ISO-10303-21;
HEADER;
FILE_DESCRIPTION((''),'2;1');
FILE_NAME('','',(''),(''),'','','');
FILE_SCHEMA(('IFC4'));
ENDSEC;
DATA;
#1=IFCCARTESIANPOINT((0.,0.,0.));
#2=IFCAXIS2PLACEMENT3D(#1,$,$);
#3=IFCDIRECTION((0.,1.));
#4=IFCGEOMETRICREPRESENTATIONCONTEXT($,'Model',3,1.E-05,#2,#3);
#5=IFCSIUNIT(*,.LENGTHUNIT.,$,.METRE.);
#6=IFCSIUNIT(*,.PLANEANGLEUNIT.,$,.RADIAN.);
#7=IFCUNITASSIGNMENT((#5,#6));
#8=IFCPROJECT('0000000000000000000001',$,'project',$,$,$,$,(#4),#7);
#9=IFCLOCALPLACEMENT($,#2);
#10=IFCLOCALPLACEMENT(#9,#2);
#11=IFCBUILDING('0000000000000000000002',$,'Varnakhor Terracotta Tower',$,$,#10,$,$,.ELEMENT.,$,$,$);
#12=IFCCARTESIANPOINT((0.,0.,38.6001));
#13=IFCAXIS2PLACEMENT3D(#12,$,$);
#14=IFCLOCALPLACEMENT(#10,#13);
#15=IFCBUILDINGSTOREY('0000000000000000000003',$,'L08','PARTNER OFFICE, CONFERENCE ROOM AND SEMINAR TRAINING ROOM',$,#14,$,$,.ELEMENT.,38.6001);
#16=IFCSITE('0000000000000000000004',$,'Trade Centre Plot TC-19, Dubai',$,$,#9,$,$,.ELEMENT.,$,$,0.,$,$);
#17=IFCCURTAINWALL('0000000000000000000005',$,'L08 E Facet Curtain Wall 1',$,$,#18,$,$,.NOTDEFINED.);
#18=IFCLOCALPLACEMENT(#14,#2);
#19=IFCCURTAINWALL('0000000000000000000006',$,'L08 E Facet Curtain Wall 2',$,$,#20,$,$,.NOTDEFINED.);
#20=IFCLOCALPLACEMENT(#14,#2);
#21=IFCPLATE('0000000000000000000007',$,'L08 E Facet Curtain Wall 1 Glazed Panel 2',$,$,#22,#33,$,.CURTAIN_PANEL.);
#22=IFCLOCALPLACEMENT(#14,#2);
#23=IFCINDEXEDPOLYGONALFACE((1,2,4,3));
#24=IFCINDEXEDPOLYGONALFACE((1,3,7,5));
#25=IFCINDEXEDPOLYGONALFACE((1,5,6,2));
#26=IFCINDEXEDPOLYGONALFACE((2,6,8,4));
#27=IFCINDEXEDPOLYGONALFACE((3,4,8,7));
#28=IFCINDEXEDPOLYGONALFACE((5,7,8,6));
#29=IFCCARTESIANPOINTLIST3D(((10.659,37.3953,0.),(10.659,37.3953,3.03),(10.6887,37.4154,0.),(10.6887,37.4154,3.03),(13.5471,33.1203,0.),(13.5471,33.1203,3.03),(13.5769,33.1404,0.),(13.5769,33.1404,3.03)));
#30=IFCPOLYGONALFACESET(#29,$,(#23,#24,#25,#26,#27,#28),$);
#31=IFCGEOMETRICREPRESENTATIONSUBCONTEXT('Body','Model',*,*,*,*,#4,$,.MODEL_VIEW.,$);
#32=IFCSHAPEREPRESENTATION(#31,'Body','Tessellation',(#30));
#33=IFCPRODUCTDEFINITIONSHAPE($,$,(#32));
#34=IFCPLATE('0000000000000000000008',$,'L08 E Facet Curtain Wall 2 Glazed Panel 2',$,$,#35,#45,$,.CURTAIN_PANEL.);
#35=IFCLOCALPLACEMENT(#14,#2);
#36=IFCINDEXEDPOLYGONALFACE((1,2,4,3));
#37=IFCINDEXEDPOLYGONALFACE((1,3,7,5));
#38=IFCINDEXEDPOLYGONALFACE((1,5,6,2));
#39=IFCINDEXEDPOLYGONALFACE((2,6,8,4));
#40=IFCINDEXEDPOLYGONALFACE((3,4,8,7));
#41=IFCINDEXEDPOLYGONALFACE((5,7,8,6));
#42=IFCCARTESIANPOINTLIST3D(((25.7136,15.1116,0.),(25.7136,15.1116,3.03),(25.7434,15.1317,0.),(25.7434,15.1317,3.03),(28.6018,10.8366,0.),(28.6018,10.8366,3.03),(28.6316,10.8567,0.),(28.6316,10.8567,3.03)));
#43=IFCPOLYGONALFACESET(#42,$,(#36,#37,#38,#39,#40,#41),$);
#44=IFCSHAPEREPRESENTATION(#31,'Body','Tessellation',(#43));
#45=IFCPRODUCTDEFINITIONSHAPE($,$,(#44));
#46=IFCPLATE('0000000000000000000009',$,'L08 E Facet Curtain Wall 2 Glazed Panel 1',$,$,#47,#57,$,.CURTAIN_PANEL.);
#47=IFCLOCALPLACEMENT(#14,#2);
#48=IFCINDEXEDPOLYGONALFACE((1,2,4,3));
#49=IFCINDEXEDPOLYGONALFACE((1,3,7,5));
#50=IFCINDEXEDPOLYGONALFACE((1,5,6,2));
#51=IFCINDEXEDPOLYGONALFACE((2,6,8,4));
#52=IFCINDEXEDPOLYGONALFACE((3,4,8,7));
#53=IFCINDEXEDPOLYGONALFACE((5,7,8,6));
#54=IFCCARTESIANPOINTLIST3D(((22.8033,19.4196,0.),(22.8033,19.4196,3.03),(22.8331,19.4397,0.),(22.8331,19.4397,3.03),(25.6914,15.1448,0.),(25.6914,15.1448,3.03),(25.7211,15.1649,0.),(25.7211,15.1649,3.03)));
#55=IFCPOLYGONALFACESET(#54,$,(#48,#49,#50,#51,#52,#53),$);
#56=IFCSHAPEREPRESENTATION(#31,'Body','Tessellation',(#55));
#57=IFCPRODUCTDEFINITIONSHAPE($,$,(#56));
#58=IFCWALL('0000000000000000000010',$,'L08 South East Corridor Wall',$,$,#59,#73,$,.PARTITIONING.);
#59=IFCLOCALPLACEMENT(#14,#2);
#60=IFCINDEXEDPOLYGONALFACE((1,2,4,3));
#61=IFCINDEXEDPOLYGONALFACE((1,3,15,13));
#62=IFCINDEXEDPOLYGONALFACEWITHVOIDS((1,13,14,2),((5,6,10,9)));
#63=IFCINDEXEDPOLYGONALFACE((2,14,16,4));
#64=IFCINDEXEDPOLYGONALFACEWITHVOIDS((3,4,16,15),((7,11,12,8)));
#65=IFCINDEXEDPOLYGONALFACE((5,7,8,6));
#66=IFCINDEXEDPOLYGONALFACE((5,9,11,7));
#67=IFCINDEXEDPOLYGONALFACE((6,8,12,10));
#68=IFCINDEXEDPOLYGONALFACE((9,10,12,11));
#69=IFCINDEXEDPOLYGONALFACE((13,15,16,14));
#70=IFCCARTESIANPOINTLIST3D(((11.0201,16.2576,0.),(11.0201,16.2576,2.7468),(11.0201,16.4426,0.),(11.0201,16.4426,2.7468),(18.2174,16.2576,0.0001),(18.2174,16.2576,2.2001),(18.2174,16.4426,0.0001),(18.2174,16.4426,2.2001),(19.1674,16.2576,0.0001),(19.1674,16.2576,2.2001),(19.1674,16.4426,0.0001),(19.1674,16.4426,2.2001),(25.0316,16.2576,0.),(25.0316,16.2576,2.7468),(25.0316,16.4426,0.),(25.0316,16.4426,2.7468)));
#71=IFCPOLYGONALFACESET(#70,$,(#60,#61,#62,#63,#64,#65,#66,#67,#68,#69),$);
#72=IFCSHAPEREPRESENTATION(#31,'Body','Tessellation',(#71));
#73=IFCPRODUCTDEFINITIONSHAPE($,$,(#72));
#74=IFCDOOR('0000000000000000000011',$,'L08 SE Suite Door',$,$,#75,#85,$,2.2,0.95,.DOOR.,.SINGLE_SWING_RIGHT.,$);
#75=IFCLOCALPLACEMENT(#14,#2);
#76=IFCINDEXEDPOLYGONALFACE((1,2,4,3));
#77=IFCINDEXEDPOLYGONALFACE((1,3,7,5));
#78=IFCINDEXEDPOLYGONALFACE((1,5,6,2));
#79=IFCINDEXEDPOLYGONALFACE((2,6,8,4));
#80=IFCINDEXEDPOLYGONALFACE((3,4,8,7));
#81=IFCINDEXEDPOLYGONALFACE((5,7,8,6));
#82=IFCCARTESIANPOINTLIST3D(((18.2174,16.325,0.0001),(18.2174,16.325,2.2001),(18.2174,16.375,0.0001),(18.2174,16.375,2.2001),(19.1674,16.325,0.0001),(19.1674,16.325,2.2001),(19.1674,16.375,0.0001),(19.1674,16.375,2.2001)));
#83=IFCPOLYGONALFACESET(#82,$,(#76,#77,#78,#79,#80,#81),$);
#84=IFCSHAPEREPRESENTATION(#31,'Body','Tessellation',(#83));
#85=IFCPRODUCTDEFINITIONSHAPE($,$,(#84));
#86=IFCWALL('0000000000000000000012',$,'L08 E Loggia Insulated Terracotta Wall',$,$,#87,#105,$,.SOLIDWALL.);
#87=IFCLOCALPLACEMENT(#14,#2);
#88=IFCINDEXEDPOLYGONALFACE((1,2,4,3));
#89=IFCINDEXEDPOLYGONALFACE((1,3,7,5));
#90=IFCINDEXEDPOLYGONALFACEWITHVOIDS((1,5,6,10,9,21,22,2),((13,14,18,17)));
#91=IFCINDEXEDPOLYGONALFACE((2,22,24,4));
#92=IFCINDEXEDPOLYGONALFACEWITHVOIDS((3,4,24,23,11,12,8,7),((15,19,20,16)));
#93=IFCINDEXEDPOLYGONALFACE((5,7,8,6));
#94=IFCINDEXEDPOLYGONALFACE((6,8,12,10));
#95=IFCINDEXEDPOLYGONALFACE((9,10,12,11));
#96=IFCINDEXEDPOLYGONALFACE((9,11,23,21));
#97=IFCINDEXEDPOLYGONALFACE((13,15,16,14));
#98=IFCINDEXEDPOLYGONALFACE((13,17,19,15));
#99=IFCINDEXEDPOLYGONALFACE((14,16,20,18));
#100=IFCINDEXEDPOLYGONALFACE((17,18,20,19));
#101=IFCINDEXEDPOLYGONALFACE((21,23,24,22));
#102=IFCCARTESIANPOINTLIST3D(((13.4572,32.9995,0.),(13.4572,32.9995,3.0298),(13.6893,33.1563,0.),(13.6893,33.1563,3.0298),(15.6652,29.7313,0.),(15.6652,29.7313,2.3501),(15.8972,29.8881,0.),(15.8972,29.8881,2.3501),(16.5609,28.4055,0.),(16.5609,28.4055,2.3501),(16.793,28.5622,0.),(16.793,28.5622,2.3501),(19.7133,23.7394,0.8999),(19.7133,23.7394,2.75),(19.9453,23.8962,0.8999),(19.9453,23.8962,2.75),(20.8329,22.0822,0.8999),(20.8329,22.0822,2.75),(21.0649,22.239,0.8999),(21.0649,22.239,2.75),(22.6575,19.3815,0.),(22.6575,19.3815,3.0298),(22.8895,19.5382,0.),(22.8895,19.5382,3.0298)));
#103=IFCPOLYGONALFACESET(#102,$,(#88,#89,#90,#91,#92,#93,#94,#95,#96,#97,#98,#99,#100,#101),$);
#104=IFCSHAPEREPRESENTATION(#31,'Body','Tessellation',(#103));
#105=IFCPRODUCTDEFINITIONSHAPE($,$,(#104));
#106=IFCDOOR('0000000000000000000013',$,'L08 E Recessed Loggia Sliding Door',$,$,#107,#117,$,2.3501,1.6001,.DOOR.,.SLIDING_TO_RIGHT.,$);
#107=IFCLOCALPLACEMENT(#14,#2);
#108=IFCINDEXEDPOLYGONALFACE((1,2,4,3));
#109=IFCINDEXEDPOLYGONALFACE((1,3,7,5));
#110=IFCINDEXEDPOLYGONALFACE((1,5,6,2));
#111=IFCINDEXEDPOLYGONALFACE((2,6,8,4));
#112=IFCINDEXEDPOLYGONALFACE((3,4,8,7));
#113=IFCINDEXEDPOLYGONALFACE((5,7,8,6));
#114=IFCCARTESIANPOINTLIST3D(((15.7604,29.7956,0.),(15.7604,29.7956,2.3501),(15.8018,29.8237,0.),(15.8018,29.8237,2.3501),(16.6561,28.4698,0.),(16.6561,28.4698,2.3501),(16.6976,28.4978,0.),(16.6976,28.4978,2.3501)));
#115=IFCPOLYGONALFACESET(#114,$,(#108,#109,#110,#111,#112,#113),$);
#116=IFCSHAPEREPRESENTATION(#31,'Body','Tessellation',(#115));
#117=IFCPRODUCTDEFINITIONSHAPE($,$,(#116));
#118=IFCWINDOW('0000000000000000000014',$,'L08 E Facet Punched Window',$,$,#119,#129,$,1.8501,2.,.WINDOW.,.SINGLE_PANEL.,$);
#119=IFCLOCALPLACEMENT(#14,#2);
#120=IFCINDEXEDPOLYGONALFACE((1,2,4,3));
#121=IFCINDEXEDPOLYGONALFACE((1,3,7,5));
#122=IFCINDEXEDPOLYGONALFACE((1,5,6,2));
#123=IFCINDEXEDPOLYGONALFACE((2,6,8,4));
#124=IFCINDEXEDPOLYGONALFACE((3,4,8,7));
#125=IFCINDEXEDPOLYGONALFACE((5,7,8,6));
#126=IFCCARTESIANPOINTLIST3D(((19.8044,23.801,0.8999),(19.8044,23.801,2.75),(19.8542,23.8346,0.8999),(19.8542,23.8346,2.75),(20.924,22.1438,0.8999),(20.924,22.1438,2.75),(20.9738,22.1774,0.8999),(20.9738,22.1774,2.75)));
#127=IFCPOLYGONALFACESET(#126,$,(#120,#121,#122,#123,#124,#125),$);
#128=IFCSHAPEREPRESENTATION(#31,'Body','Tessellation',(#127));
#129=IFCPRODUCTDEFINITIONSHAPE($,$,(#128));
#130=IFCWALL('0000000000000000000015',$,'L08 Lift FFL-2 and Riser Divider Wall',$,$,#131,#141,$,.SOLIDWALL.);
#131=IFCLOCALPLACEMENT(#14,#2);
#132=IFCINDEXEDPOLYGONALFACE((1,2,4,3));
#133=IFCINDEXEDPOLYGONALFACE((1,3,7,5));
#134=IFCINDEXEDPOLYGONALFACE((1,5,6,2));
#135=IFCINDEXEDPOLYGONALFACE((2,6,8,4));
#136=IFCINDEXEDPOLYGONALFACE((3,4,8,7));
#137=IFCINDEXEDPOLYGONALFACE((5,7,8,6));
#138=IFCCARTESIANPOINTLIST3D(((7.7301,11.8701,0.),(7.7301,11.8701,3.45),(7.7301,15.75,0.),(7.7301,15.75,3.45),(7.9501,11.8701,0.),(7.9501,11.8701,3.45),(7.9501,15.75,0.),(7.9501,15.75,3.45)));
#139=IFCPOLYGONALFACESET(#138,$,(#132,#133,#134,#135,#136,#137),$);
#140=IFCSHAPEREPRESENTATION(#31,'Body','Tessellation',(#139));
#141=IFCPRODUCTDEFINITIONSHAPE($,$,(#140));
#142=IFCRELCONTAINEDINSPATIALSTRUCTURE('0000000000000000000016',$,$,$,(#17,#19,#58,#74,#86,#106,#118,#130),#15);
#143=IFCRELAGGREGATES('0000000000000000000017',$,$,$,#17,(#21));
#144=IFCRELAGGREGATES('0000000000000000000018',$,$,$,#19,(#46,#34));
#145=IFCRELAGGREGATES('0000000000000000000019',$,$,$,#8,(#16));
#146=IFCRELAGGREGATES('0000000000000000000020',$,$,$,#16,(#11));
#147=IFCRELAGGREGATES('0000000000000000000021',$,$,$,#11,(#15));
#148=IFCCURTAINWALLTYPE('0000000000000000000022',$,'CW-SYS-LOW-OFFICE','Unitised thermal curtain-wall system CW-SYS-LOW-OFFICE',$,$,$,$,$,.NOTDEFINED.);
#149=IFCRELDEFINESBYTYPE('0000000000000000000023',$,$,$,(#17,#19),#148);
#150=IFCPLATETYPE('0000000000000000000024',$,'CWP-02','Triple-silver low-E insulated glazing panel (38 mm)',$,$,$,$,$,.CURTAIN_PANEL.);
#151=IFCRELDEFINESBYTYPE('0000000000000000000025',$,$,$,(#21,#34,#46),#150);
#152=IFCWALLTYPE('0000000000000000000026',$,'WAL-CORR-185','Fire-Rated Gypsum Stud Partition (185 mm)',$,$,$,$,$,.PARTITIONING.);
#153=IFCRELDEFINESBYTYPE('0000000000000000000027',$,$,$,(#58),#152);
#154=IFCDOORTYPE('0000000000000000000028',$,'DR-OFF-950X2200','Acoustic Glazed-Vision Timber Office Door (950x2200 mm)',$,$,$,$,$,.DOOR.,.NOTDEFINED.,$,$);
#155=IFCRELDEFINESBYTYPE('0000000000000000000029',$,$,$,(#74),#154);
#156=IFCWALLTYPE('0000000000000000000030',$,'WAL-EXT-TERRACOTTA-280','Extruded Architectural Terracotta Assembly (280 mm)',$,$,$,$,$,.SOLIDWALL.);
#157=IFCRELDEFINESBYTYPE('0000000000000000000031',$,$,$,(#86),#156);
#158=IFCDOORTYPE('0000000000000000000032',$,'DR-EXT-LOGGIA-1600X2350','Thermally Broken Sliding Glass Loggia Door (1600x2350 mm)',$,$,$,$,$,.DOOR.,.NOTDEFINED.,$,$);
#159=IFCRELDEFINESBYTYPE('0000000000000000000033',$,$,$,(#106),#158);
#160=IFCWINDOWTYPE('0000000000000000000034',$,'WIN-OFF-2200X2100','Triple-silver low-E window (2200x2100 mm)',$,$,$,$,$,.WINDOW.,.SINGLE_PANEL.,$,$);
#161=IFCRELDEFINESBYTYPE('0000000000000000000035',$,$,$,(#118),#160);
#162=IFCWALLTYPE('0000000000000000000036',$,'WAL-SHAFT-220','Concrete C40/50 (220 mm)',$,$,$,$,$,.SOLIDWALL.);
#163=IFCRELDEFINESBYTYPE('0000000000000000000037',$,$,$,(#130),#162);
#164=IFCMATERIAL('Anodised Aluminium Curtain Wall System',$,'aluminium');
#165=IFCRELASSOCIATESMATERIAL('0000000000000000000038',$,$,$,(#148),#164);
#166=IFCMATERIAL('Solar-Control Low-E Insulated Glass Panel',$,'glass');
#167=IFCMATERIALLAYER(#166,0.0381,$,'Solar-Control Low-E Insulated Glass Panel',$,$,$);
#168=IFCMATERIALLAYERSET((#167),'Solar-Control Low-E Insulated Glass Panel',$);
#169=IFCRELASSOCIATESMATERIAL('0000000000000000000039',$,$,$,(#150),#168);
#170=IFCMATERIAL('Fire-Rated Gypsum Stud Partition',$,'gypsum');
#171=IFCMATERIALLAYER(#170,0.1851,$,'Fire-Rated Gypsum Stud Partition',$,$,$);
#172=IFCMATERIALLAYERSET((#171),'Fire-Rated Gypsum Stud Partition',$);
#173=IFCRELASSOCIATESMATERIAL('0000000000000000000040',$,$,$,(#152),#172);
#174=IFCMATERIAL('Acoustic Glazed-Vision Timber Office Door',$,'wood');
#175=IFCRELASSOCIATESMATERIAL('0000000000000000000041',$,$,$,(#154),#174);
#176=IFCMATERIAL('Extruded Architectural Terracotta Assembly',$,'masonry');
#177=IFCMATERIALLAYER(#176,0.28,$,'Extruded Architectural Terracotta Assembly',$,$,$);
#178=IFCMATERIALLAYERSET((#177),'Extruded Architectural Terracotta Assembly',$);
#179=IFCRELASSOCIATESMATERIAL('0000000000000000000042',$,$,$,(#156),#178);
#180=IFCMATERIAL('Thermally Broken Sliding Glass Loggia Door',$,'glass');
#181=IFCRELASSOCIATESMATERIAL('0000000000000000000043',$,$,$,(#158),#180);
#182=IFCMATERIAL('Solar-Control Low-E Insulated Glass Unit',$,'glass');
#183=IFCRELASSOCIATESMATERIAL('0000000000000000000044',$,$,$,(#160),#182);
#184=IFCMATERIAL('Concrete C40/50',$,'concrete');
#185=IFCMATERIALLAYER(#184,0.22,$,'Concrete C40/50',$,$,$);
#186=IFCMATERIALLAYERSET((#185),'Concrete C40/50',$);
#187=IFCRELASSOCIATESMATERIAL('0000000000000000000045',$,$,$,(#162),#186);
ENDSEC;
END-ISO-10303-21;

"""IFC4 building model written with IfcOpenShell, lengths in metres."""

from ifc_helpers import new_model, si_unit, direction, frame, frame_2d, origin, origin_2d, place, context, subcontext, project, spatial, rectangle, extrude, source, transform, mapped, material, layer, layer_set, type_object, type_shapes, element, fill, aggregate, save


model = new_model("IFC4")

# Units and contexts
model_context = context("Model", 3, precision=1e-05, world=origin(), true_north=direction((0.0, 1.0)))
body_context = subcontext(model_context, "Body", "Model", "MODEL_VIEW")
ifc_project = project(units=[si_unit("LENGTHUNIT", "METRE"), si_unit("PLANEANGLEUNIT", "RADIAN")], contexts=[model_context])

# Site, building, storey
site_placement = place(None, origin())
site = spatial("IfcSite", under=ifc_project, at=site_placement, Name="Trade Centre Plot TC-19, Dubai", CompositionType="ELEMENT", RefElevation=0.0)
building_placement = place(site_placement, origin())
building = spatial("IfcBuilding", under=site, at=building_placement, Name="Varnakhor Terracotta Tower", CompositionType="ELEMENT")
storey_placement = place(building_placement, frame((0.0, 0.0, 38.6001)))
storey = spatial("IfcBuildingStorey", under=building, at=storey_placement, Name="L08", Description="PARTNER OFFICE, CONFERENCE ROOM AND SEMINAR TRAINING ROOM", CompositionType="ELEMENT", Elevation=38.6001)

# Curtain walls
ifc_material_1 = material(Name="Anodised Aluminium Curtain Wall System", Category="aluminium")
curtain_wall_type = type_object("IfcCurtainWallType", Name="CW-SYS-LOW-OFFICE", Description="Unitised thermal curtain-wall system CW-SYS-LOW-OFFICE", PredefinedType="NOTDEFINED", material=ifc_material_1)
curtain_wall_1_placement = place(storey_placement, origin())
curtain_wall_1 = element("IfcCurtainWall", 1, at=curtain_wall_1_placement, inside=storey, type_object=curtain_wall_type, Name="L08 E Facet Curtain Wall 1", PredefinedType="NOTDEFINED")
curtain_wall_2_placement = place(storey_placement, origin())
curtain_wall_2 = element("IfcCurtainWall", 2, at=curtain_wall_2_placement, inside=storey, type_object=curtain_wall_type, Name="L08 E Facet Curtain Wall 2", PredefinedType="NOTDEFINED")

# Shared definitions
ifc_material_2 = material(Name="Solar-Control Low-E Insulated Glass Panel", Category="glass")
ifc_layer_1 = layer(ifc_material_2, 0.0381, Name="Solar-Control Low-E Insulated Glass Panel")
ifc_layer_set_1 = layer_set([ifc_layer_1], Name="Solar-Control Low-E Insulated Glass Panel")
plate_type = type_object("IfcPlateType", Name="CWP-02", Description="Triple-silver low-E insulated glazing panel (38 mm)", PredefinedType="CURTAIN_PANEL", material=ifc_layer_set_1)

# Plates
shared_shape_1 = source(origin(), body_context, "Body", "SweptSolid", [
    extrude(rectangle(XDim=5.1592, YDim=0.0359, at=origin_2d()), origin(), (0.0, 0.0, 1.0), 3.03),
])
plate_1_placement = place(storey_placement, frame((12.1179, 35.2678, 0.0), z_axis=(0.0, 0.0, 1.0), x_axis=(0.559815, -0.828618, 0.0)))
plate_1 = element("IfcPlate", 3, at=plate_1_placement, type_object=plate_type, Name="L08 E Facet Curtain Wall 1 Glazed Panel 2", PredefinedType="CURTAIN_PANEL", context=body_context, shape_type="MappedRepresentation", body=[
    mapped(shared_shape_1, transform((0.0, 0.0, 0.0), scale=1.0)),
])
aggregate(curtain_wall_1, [plate_1])
plate_2_placement = place(storey_placement, frame((27.1726, 12.9841, 0.0), z_axis=(0.0, 0.0, 1.0), x_axis=(0.559815, -0.828618, 0.0)))
plate_2 = element("IfcPlate", 4, at=plate_2_placement, type_object=plate_type, Name="L08 E Facet Curtain Wall 2 Glazed Panel 2", PredefinedType="CURTAIN_PANEL", context=body_context, shape_type="MappedRepresentation", body=[
    mapped(shared_shape_1, transform((0.0, 0.0, 0.0), scale=1.0)),
])
shared_shape_2 = source(origin(), body_context, "Body", "SweptSolid", [
    extrude(rectangle(XDim=5.1589, YDim=0.0359, at=origin_2d()), origin(), (0.0, 0.0, 1.0), 3.03),
])
plate_3_placement = place(storey_placement, frame((24.2622, 17.2922, 0.0), z_axis=(0.0, 0.0, 1.0), x_axis=(0.559815, -0.828618, 0.0)))
plate_3 = element("IfcPlate", 5, at=plate_3_placement, type_object=plate_type, Name="L08 E Facet Curtain Wall 2 Glazed Panel 1", PredefinedType="CURTAIN_PANEL", context=body_context, shape_type="MappedRepresentation", body=[
    mapped(shared_shape_2, transform((0.0, 0.0, 0.0), scale=1.0)),
])
aggregate(curtain_wall_2, [plate_3, plate_2])

# Wall, opening, door
ifc_material_3 = material(Name="Fire-Rated Gypsum Stud Partition", Category="gypsum")
ifc_layer_2 = layer(ifc_material_3, 0.1851, Name="Fire-Rated Gypsum Stud Partition")
ifc_layer_set_2 = layer_set([ifc_layer_2], Name="Fire-Rated Gypsum Stud Partition")
wall_type_1 = type_object("IfcWallType", Name="WAL-CORR-185", Description="Fire-Rated Gypsum Stud Partition (185 mm)", PredefinedType="PARTITIONING", material=ifc_layer_set_2)
wall_1_placement = place(storey_placement, frame((11.02, 16.3501, 0.0), z_axis=(0.0, 0.0, 1.0), x_axis=(1.0, 0.0, 0.0)))
wall_1 = element("IfcWall", 6, at=wall_1_placement, inside=storey, type_object=wall_type_1, Name="L08 South East Corridor Wall", PredefinedType="PARTITIONING", context=body_context, shape_type="SweptSolid", body=[
    extrude(rectangle(XDim=14.0115, YDim=0.1851, at=frame_2d((7.0059, 0.0))), origin(), (0.0, 0.0, 1.0), 2.7468),
])
opening_1_placement = place(wall_1_placement, frame((7.1973, 0.0, 0.0)))
opening_1 = element("IfcOpeningElement", 7, at=opening_1_placement, cuts=wall_1, PredefinedType="OPENING", context=body_context, shape_type="SweptSolid", body=[
    extrude(rectangle(XDim=0.95, YDim=2.2, at=frame_2d((0.4751, 1.1001))), frame((0.0, 0.1025, 0.0), z_axis=(0.0, -1.0, 0.0), x_axis=(1.0, 0.0, 0.0)), (0.0, 0.0, 1.0), 0.2051),
])
ifc_material_4 = material(Name="Acoustic Glazed-Vision Timber Office Door", Category="wood")
door_type_1 = type_object("IfcDoorType", Name="DR-OFF-950X2200", Description="Acoustic Glazed-Vision Timber Office Door (950x2200 mm)", OperationType="NOTDEFINED", PredefinedType="DOOR", material=ifc_material_4)
shared_shape_3 = source(origin(), body_context, "Body", "SweptSolid", [
    extrude(rectangle(XDim=0.95, YDim=2.2, at=frame_2d((0.4751, 1.1001))), frame((0.0, 0.0249, 0.0), z_axis=(0.0, -1.0, 0.0), x_axis=(1.0, 0.0, 0.0)), (0.0, 0.0, 1.0), 0.05),
])
type_shapes(door_type_1, [shared_shape_3])
door_1_placement = place(opening_1_placement, origin())
door_1 = element("IfcDoor", 8, at=door_1_placement, inside=storey, type_object=door_type_1, Name="L08 SE Suite Door", OperationType="SINGLE_SWING_RIGHT", OverallHeight=2.2, OverallWidth=0.95, PredefinedType="DOOR", context=body_context, shape_type="MappedRepresentation", body=[
    mapped(shared_shape_3, transform((0.0, 0.0, 0.0), scale=1.0)),
])
fill(opening_1, door_1)

# Wall, openings, door, window
ifc_material_5 = material(Name="Extruded Architectural Terracotta Assembly", Category="masonry")
ifc_layer_3 = layer(ifc_material_5, 0.28, Name="Extruded Architectural Terracotta Assembly")
ifc_layer_set_3 = layer_set([ifc_layer_3], Name="Extruded Architectural Terracotta Assembly")
wall_type_2 = type_object("IfcWallType", Name="WAL-EXT-TERRACOTTA-280", Description="Extruded Architectural Terracotta Assembly (280 mm)", PredefinedType="SOLIDWALL", material=ifc_layer_set_3)
wall_2_placement = place(storey_placement, frame((13.5732, 33.0779, 0.0), z_axis=(0.0, 0.0, 1.0), x_axis=(0.559811, -0.82862, 0.0)))
wall_2 = element("IfcWall", 9, at=wall_2_placement, inside=storey, type_object=wall_type_2, Name="L08 E Loggia Insulated Terracotta Wall", PredefinedType="SOLIDWALL", context=body_context, shape_type="SweptSolid", body=[
    extrude(rectangle(XDim=16.4346, YDim=0.28, at=frame_2d((8.2173, 0.0))), origin(), (0.0, 0.0, 1.0), 3.0298),
])
opening_2_placement = place(wall_2_placement, frame((3.9441, 0.0, 0.0)))
opening_2 = element("IfcOpeningElement", 10, at=opening_2_placement, cuts=wall_2, PredefinedType="OPENING", context=body_context, shape_type="SweptSolid", body=[
    extrude(rectangle(XDim=1.6001, YDim=2.3501, at=frame_2d((0.8, 1.175))), frame((0.0, 0.1499, 0.0), z_axis=(0.0, -1.0, 0.0), x_axis=(1.0, 0.0, 0.0)), (0.0, 0.0, 1.0), 0.3),
])
opening_3_placement = place(wall_2_placement, frame((11.1753, 0.0, 0.8999)))
opening_3 = element("IfcOpeningElement", 11, at=opening_3_placement, cuts=wall_2, PredefinedType="OPENING", context=body_context, shape_type="SweptSolid", body=[
    extrude(rectangle(XDim=2.0, YDim=1.8501, at=frame_2d((1.0, 0.925))), frame((0.0, 0.1499, 0.0), z_axis=(0.0, -1.0, 0.0), x_axis=(1.0, 0.0, 0.0)), (0.0, 0.0, 1.0), 0.3),
])
ifc_material_6 = material(Name="Thermally Broken Sliding Glass Loggia Door", Category="glass")
door_type_2 = type_object("IfcDoorType", Name="DR-EXT-LOGGIA-1600X2350", Description="Thermally Broken Sliding Glass Loggia Door (1600x2350 mm)", OperationType="NOTDEFINED", PredefinedType="DOOR", material=ifc_material_6)
shared_shape_4 = source(origin(), body_context, "Body", "SweptSolid", [
    extrude(rectangle(XDim=1.6001, YDim=2.3501, at=frame_2d((0.8, 1.175))), frame((0.0, 0.0249, 0.0), z_axis=(0.0, -1.0, 0.0), x_axis=(1.0, 0.0, 0.0)), (0.0, 0.0, 1.0), 0.05),
])
type_shapes(door_type_2, [shared_shape_4])
door_2_placement = place(opening_2_placement, origin())
door_2 = element("IfcDoor", 12, at=door_2_placement, inside=storey, type_object=door_type_2, Name="L08 E Recessed Loggia Sliding Door", OperationType="SLIDING_TO_RIGHT", OverallHeight=2.3501, OverallWidth=1.6001, PredefinedType="DOOR", context=body_context, shape_type="MappedRepresentation", body=[
    mapped(shared_shape_4, transform((0.0, 0.0, 0.0), scale=1.0)),
])
fill(opening_2, door_2)
ifc_material_7 = material(Name="Solar-Control Low-E Insulated Glass Unit", Category="glass")
window_type = type_object("IfcWindowType", Name="WIN-OFF-2200X2100", Description="Triple-silver low-E window (2200x2100 mm)", PartitioningType="SINGLE_PANEL", PredefinedType="WINDOW", material=ifc_material_7)
shared_shape_5 = source(origin(), body_context, "Body", "SweptSolid", [
    extrude(rectangle(XDim=2.0, YDim=1.8501, at=frame_2d((1.0, 0.925))), frame((0.0, 0.03, 0.0), z_axis=(0.0, -1.0, 0.0), x_axis=(1.0, 0.0, 0.0)), (0.0, 0.0, 1.0), 0.0601),
])
type_shapes(window_type, [shared_shape_5])
window_placement = place(opening_3_placement, origin())
window = element("IfcWindow", 13, at=window_placement, inside=storey, type_object=window_type, Name="L08 E Facet Punched Window", OverallHeight=1.8501, OverallWidth=2.0, PartitioningType="SINGLE_PANEL", PredefinedType="WINDOW", context=body_context, shape_type="MappedRepresentation", body=[
    mapped(shared_shape_5, transform((0.0, 0.0, 0.0), scale=1.0)),
])
fill(opening_3, window)

# Wall
ifc_material_8 = material(Name="Concrete C40/50", Category="concrete")
ifc_layer_4 = layer(ifc_material_8, 0.22, Name="Concrete C40/50")
ifc_layer_set_4 = layer_set([ifc_layer_4], Name="Concrete C40/50")
wall_type_3 = type_object("IfcWallType", Name="WAL-SHAFT-220", Description="Concrete C40/50 (220 mm)", PredefinedType="SOLIDWALL", material=ifc_layer_set_4)
wall_3_placement = place(storey_placement, frame((7.8401, 11.8701, 0.0), z_axis=(0.0, 0.0, 1.0), x_axis=(0.0, 1.0, 0.0)))
element("IfcWall", 14, at=wall_3_placement, inside=storey, type_object=wall_type_3, Name="L08 Lift FFL-2 and Riser Divider Wall", PredefinedType="SOLIDWALL", context=body_context, shape_type="SweptSolid", body=[
    extrude(rectangle(XDim=3.8799, YDim=0.22, at=frame_2d((1.9399, 0.0))), origin(), (0.0, 0.0, 1.0), 3.45),
])

save(model, "model.ifc")
